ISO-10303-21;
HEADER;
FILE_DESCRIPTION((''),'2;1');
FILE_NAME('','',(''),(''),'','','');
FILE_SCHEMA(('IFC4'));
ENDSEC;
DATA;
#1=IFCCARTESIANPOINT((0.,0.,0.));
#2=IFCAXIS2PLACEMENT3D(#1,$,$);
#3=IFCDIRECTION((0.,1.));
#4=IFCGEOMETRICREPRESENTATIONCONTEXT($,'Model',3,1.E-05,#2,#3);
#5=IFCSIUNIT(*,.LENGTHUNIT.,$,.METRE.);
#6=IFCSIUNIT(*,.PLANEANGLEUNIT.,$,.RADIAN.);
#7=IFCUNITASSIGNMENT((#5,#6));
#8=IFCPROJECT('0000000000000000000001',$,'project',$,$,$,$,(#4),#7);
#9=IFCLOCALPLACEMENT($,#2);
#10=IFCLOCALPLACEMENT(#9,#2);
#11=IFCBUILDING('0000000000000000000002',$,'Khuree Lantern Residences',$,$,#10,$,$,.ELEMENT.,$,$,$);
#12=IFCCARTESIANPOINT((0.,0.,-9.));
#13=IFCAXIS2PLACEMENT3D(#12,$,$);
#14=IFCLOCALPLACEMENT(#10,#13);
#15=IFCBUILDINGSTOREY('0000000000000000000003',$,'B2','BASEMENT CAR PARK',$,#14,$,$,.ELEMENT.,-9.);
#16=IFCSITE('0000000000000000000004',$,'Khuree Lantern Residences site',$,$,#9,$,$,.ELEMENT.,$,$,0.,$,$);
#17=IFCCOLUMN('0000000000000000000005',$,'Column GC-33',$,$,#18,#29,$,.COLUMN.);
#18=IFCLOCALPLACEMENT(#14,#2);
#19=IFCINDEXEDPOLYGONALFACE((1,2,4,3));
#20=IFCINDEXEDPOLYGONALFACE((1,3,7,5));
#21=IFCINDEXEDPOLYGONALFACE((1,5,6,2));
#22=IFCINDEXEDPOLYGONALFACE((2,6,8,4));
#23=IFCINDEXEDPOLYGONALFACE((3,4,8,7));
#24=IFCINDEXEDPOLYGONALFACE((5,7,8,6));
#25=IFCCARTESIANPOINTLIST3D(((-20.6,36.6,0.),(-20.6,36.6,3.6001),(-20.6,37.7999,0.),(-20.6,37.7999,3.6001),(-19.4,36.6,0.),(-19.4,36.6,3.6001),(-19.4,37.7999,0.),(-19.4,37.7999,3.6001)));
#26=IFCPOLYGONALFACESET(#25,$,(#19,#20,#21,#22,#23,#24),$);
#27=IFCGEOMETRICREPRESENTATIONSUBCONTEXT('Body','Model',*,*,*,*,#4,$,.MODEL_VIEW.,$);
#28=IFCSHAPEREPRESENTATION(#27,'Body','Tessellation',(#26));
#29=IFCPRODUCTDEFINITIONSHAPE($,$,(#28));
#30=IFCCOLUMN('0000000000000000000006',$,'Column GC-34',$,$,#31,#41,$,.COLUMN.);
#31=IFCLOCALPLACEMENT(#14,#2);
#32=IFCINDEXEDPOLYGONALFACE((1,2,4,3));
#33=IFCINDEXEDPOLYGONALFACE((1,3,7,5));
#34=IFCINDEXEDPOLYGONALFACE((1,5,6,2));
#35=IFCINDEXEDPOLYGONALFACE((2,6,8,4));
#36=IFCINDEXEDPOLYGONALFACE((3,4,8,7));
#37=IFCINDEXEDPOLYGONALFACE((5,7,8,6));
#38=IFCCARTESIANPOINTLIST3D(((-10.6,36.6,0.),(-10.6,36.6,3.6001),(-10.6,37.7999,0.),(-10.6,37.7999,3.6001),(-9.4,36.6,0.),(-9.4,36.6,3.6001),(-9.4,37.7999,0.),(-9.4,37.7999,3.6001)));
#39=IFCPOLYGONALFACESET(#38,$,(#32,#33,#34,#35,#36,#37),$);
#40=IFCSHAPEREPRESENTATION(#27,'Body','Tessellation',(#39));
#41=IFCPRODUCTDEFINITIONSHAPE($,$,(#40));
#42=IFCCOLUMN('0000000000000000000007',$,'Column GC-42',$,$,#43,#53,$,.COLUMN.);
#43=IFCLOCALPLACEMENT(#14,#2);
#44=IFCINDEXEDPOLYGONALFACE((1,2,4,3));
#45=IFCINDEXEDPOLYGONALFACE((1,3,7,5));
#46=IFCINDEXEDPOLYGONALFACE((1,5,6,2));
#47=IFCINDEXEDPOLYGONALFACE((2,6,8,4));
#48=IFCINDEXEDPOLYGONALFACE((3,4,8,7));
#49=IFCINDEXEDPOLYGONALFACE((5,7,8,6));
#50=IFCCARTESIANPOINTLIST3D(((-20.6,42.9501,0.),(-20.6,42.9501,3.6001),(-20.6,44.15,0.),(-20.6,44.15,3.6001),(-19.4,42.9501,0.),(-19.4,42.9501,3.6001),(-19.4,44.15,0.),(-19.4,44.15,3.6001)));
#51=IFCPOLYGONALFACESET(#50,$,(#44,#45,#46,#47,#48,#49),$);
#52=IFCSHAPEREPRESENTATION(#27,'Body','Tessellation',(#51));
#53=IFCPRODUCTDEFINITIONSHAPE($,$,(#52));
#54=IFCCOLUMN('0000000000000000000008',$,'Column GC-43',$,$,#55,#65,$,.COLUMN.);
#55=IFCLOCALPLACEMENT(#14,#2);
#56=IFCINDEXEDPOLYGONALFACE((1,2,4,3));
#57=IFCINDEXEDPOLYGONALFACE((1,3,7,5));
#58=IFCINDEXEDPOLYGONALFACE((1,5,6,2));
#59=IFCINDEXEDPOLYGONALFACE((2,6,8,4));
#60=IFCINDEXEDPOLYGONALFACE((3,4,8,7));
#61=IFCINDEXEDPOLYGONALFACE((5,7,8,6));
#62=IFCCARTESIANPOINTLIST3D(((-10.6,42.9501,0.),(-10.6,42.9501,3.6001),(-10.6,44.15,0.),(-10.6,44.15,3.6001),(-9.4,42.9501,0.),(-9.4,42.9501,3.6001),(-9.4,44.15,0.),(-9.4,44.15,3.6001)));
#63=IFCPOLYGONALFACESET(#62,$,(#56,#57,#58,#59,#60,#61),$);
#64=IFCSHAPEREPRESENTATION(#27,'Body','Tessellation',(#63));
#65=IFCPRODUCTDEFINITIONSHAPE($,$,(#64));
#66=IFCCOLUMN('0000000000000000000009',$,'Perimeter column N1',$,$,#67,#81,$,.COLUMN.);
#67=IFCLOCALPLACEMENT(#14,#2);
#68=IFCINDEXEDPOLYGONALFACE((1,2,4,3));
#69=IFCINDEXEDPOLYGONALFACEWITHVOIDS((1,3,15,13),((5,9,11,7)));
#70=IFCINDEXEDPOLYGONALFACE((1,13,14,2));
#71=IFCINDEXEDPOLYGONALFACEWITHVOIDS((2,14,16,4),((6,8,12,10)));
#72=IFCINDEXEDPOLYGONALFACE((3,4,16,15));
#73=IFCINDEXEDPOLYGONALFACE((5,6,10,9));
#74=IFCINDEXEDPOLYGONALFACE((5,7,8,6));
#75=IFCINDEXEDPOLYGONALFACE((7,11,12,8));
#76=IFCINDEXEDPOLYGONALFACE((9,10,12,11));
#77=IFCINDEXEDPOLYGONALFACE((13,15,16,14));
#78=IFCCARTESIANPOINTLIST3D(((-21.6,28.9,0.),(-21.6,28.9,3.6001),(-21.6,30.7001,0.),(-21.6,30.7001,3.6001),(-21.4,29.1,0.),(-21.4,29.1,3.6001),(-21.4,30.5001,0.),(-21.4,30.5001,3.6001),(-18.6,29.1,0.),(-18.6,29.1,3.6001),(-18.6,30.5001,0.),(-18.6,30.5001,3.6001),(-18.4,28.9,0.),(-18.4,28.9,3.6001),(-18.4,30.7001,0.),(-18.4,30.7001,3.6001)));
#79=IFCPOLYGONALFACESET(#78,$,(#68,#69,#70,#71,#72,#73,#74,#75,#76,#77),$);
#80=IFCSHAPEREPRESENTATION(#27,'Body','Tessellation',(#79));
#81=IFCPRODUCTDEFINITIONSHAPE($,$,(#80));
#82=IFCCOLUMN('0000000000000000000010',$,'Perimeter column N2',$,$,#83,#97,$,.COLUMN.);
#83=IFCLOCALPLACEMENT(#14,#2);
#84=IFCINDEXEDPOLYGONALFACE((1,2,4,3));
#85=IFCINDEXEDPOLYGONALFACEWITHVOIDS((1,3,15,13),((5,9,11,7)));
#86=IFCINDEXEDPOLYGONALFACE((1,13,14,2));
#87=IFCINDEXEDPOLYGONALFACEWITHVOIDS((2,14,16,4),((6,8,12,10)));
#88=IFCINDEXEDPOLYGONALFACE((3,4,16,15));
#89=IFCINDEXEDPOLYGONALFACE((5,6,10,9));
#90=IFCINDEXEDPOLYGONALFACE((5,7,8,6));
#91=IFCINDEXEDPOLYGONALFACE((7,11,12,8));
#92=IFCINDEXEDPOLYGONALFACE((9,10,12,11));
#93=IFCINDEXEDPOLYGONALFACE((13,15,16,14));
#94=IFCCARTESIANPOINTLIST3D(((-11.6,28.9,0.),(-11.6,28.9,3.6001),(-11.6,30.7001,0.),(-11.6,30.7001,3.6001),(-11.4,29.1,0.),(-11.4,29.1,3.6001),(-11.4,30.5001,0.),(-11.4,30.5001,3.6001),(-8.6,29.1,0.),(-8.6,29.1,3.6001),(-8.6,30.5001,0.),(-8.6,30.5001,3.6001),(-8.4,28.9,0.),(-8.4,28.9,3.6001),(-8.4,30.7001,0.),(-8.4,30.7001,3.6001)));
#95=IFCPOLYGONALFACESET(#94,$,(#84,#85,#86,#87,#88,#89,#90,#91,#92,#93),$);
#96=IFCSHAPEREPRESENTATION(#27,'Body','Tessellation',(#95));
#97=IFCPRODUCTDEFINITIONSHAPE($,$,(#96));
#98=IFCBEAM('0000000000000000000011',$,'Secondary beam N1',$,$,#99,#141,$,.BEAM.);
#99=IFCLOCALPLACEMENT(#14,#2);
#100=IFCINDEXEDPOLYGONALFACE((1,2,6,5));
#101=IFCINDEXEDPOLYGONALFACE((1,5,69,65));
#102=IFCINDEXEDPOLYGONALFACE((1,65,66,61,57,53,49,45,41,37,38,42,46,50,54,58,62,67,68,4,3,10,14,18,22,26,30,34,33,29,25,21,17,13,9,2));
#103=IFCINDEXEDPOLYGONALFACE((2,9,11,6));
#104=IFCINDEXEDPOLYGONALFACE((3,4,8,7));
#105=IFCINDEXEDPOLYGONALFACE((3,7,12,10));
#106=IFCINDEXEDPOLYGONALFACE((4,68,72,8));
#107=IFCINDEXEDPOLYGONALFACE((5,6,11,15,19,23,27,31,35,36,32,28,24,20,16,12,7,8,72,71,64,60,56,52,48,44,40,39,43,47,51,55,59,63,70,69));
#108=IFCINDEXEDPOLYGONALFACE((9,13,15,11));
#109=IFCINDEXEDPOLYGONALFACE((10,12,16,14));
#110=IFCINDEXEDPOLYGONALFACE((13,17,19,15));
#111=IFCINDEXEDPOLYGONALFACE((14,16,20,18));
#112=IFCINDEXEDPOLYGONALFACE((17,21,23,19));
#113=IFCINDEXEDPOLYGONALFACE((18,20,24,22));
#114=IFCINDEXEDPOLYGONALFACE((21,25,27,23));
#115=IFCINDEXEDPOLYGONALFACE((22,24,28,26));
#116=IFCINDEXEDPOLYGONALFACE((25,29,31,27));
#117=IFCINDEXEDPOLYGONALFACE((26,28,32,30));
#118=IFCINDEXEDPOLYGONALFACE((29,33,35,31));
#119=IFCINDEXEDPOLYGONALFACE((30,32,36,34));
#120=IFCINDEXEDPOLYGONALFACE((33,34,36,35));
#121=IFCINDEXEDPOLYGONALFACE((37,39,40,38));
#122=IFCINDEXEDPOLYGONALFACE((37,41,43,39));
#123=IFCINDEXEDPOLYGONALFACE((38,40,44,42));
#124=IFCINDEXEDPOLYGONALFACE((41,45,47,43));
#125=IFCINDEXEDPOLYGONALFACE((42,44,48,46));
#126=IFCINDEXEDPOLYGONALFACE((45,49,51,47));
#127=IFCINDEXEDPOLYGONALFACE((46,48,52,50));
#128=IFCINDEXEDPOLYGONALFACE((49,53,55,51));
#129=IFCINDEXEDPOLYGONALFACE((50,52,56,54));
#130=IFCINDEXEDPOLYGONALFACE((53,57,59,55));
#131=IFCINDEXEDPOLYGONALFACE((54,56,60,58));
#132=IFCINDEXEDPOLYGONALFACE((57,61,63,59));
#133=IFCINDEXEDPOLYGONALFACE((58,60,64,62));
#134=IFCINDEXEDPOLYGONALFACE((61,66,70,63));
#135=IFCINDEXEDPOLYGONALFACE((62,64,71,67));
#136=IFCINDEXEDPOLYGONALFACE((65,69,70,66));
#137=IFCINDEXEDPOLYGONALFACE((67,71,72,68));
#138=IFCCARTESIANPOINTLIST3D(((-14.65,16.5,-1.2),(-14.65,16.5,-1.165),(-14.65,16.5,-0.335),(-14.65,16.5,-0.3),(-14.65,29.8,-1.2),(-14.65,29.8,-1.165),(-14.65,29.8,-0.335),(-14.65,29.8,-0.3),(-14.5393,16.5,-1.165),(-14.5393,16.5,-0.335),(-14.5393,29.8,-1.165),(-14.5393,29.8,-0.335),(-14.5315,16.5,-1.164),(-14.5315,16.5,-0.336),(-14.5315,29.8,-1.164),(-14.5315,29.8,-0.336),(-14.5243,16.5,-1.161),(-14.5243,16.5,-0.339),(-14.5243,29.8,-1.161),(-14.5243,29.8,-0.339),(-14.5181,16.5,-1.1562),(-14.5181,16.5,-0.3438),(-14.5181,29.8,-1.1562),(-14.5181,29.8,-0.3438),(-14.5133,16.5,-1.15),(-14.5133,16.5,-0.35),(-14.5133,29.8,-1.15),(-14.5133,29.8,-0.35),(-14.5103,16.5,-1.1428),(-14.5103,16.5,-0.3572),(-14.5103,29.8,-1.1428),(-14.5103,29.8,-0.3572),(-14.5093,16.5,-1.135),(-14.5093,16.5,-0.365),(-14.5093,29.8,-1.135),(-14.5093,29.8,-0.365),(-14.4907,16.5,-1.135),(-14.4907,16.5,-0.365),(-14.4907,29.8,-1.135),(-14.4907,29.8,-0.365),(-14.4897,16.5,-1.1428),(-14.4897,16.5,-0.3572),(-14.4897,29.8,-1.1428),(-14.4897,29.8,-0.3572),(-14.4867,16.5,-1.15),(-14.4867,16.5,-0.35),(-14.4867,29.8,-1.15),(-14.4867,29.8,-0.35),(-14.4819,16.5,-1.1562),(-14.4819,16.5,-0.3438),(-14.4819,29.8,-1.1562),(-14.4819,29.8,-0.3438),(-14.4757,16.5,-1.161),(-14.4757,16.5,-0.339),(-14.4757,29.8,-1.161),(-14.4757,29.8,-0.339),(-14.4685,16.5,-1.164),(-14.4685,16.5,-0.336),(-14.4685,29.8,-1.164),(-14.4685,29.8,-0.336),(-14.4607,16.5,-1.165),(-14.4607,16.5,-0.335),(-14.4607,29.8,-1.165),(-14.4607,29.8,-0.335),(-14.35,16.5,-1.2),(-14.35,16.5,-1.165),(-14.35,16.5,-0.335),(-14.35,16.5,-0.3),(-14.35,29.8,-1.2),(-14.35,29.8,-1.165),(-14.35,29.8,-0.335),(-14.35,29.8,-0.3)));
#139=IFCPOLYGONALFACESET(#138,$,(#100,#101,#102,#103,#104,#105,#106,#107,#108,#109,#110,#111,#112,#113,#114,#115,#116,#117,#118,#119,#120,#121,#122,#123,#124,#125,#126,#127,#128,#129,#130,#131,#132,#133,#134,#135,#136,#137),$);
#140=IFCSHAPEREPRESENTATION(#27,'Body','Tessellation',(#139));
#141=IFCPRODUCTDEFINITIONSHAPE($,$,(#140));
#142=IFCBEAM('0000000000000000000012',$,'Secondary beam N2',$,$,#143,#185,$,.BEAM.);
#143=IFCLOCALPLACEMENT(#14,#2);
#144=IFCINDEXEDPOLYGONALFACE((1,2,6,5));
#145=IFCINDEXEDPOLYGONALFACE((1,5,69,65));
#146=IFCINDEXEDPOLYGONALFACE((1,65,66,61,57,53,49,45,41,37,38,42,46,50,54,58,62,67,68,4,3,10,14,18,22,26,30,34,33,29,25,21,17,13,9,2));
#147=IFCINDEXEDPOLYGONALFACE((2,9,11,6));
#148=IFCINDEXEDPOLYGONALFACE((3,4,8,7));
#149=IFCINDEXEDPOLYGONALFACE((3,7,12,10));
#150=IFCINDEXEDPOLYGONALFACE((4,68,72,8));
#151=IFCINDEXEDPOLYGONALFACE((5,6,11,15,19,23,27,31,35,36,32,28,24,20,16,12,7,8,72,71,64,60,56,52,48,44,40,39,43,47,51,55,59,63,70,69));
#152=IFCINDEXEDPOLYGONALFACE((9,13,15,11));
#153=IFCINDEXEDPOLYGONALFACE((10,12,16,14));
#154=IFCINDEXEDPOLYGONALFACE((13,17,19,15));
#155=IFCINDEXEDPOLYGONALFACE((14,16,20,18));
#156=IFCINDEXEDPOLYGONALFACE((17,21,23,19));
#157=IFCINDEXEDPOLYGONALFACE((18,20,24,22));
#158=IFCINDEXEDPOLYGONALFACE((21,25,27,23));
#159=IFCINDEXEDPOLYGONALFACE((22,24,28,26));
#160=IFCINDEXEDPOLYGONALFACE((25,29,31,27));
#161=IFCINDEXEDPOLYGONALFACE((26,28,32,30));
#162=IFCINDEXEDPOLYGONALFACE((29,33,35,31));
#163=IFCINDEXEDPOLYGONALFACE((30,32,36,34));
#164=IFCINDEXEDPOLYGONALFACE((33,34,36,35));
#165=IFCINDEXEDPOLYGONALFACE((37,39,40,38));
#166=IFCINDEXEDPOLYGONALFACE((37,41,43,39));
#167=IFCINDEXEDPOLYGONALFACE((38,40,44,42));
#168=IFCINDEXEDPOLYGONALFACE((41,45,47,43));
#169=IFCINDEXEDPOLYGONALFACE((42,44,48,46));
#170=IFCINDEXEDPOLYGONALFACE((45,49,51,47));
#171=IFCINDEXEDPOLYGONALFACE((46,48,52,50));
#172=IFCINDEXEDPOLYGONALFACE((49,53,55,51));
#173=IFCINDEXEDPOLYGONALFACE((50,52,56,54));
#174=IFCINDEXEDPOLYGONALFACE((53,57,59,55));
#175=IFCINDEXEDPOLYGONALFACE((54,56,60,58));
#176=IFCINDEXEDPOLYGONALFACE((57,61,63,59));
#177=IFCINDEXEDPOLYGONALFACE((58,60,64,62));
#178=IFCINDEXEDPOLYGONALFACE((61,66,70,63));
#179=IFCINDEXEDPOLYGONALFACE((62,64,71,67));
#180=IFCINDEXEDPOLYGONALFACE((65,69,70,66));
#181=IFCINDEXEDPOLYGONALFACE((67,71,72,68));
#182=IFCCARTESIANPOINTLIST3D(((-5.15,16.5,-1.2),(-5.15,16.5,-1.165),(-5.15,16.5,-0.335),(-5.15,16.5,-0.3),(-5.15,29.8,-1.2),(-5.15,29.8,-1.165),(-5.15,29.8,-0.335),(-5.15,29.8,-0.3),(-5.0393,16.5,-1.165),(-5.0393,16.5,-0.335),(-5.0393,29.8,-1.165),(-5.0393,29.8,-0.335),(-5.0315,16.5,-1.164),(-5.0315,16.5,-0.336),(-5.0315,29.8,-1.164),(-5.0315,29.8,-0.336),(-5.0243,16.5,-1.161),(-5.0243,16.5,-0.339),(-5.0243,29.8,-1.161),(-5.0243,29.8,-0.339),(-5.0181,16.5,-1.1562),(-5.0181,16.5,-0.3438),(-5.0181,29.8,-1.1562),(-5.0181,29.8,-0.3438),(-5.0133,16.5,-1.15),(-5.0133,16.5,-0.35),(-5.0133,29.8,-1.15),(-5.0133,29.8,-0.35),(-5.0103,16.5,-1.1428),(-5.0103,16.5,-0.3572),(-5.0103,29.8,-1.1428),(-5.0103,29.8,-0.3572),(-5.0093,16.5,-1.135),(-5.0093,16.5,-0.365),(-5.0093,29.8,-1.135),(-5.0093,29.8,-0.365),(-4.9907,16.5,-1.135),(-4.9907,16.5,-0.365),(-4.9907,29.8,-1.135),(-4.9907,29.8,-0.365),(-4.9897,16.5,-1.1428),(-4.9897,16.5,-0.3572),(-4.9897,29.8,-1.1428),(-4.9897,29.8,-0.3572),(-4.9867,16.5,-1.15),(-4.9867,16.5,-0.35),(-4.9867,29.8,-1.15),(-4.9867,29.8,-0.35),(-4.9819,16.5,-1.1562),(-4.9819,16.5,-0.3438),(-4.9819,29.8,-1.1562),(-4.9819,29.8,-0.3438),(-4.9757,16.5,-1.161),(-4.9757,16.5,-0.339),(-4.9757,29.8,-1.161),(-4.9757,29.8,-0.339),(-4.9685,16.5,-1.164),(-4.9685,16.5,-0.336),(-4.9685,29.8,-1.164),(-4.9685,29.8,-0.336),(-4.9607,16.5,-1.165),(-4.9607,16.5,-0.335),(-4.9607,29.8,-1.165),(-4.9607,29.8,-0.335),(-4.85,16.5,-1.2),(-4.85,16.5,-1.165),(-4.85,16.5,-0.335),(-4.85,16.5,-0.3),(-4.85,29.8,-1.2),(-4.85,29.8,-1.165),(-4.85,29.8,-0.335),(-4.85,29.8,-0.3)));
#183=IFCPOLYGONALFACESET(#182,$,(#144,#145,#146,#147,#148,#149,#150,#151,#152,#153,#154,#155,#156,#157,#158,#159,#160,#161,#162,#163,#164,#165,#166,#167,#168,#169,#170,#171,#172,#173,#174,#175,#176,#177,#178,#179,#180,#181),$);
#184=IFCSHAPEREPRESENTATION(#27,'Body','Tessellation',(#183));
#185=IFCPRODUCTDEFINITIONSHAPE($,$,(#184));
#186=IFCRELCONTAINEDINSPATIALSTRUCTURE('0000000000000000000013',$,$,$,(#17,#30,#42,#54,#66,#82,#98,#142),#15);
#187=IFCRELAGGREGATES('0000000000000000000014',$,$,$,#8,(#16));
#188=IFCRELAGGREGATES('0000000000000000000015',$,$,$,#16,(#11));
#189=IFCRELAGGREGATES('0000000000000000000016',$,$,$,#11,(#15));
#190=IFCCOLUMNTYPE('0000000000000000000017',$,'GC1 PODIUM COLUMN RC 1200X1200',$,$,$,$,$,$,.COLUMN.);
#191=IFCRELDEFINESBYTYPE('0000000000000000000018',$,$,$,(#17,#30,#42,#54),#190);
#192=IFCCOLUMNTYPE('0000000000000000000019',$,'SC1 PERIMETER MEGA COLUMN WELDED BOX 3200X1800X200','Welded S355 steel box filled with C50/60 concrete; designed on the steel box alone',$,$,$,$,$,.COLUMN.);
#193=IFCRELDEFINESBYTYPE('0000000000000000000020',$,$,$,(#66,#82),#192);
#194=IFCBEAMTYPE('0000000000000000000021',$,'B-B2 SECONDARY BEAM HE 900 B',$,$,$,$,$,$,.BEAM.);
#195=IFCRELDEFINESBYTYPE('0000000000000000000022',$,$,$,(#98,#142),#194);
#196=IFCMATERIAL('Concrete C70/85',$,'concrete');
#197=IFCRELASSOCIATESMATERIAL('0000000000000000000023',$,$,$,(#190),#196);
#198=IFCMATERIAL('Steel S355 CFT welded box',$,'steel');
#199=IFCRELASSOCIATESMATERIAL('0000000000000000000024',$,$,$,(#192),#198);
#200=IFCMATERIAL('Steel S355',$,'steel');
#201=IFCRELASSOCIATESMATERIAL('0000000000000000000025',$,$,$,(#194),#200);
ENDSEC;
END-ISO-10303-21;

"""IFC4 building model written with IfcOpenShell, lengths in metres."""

from ifc_helpers import new_model, si_unit, direction, frame, origin, origin_2d, place, context, subcontext, project, spatial, rectangle, hollow_rectangle, i_section, extrude, material, material_profile, profile_set, type_object, element, save


model = new_model("IFC4")

# Units and contexts
model_context = context("Model", 3, precision=1e-05, world=origin(), true_north=direction((0.0, 1.0)))
body_context = subcontext(model_context, "Body", "Model", "MODEL_VIEW")
ifc_project = project(units=[si_unit("LENGTHUNIT", "METRE"), si_unit("PLANEANGLEUNIT", "RADIAN")], contexts=[model_context])

# Site, building, storey
site_placement = place(None, origin())
site = spatial("IfcSite", under=ifc_project, at=site_placement, Name="Khuree Lantern Residences site", CompositionType="ELEMENT", RefElevation=0.0)
building_placement = place(site_placement, origin())
building = spatial("IfcBuilding", under=site, at=building_placement, Name="Khuree Lantern Residences", CompositionType="ELEMENT")
storey_placement = place(building_placement, frame((0.0, 0.0, -9.0)))
storey = spatial("IfcBuildingStorey", under=building, at=storey_placement, Name="B2", Description="BASEMENT CAR PARK", CompositionType="ELEMENT", Elevation=-9.0)

# Columns
ifc_material_1 = material(Name="Concrete C70/85", Category="concrete")
ifc_material_profile_1 = material_profile(ifc_material_1, rectangle(XDim=1.2, YDim=1.2, at=origin_2d()), Name="RC 1200X1200")
ifc_profile_set_1 = profile_set([ifc_material_profile_1], Name="Concrete C70/85")
column_type_1 = type_object("IfcColumnType", Name="GC1 PODIUM COLUMN RC 1200X1200", PredefinedType="COLUMN", material=ifc_profile_set_1)
for number, where, z_axis, x_axis, name in (
    (1, (-20.0, 37.2, 0.0), (0.0, 0.0, 1.0), (1.0, 0.0, 0.0), "Column GC-33"),
    (2, (-10.0, 37.2, 0.0), (0.0, 0.0, 1.0), (1.0, 0.0, 0.0), "Column GC-34"),
    (3, (-20.0, 43.55, 0.0), (0.0, 0.0, 1.0), (1.0, 0.0, 0.0), "Column GC-42"),
    (4, (-10.0, 43.55, 0.0), (0.0, 0.0, 1.0), (1.0, 0.0, 0.0), "Column GC-43"),
):
    element("IfcColumn", number, at=place(storey_placement, frame(where, z_axis=z_axis, x_axis=x_axis)), inside=storey, type_object=column_type_1, Name=name, PredefinedType="COLUMN", context=body_context, shape_type="SweptSolid", body=[
        extrude(rectangle(XDim=1.2, YDim=1.2, at=origin_2d()), origin(), (0.0, 0.0, 1.0), 3.6001),
    ])
ifc_material_2 = material(Name="Steel S355 CFT welded box", Category="steel")
ifc_material_profile_2 = material_profile(ifc_material_2, hollow_rectangle(XDim=3.2, YDim=1.8, WallThickness=0.2, at=origin_2d()), Name="WELDED BOX 3200X1800X200")
ifc_profile_set_2 = profile_set([ifc_material_profile_2], Name="Steel S355 CFT welded box")
column_type_2 = type_object("IfcColumnType", Name="SC1 PERIMETER MEGA COLUMN WELDED BOX 3200X1800X200", Description="Welded S355 steel box filled with C50/60 concrete; designed on the steel box alone", PredefinedType="COLUMN", material=ifc_profile_set_2)
for number, where, z_axis, x_axis, name in (
    (5, (-20.0, 29.8, 0.0), (0.0, 0.0, 1.0), (1.0, 0.0, 0.0), "Perimeter column N1"),
    (6, (-10.0, 29.8, 0.0), (0.0, 0.0, 1.0), (1.0, 0.0, 0.0), "Perimeter column N2"),
):
    element("IfcColumn", number, at=place(storey_placement, frame(where, z_axis=z_axis, x_axis=x_axis)), inside=storey, type_object=column_type_2, Name=name, PredefinedType="COLUMN", context=body_context, shape_type="SweptSolid", body=[
        extrude(hollow_rectangle(XDim=3.2, YDim=1.8, WallThickness=0.2, at=origin_2d()), origin(), (0.0, 0.0, 1.0), 3.6001),
    ])

# Beams
ifc_material_3 = material(Name="Steel S355", Category="steel")
ifc_material_profile_3 = material_profile(ifc_material_3, i_section(OverallWidth=0.3, OverallDepth=0.8999, WebThickness=0.0186, FlangeThickness=0.0349, FilletRadius=0.03, at=origin_2d()), Name="HE 900 B")
ifc_profile_set_3 = profile_set([ifc_material_profile_3], Name="Steel S355")
beam_type_1 = type_object("IfcBeamType", Name="B-B2 SECONDARY BEAM HE 900 B", PredefinedType="BEAM", material=ifc_profile_set_3)
for number, where, z_axis, x_axis, name in (
    (7, (-14.5, 29.8, -0.75), (0.0, -1.0, 0.0), (1.0, 0.0, 0.0), "Secondary beam N1"),
    (8, (-5.0, 29.8, -0.75), (0.0, -1.0, 0.0), (1.0, 0.0, 0.0), "Secondary beam N2"),
):
    element("IfcBeam", number, at=place(storey_placement, frame(where, z_axis=z_axis, x_axis=x_axis)), inside=storey, type_object=beam_type_1, Name=name, PredefinedType="BEAM", context=body_context, shape_type="SweptSolid", body=[
        extrude(i_section(OverallWidth=0.3, OverallDepth=0.8999, WebThickness=0.0186, FlangeThickness=0.0349, FilletRadius=0.03, at=origin_2d()), origin(), (0.0, 0.0, 1.0), 13.3),
    ])

save(model, "model.ifc")
